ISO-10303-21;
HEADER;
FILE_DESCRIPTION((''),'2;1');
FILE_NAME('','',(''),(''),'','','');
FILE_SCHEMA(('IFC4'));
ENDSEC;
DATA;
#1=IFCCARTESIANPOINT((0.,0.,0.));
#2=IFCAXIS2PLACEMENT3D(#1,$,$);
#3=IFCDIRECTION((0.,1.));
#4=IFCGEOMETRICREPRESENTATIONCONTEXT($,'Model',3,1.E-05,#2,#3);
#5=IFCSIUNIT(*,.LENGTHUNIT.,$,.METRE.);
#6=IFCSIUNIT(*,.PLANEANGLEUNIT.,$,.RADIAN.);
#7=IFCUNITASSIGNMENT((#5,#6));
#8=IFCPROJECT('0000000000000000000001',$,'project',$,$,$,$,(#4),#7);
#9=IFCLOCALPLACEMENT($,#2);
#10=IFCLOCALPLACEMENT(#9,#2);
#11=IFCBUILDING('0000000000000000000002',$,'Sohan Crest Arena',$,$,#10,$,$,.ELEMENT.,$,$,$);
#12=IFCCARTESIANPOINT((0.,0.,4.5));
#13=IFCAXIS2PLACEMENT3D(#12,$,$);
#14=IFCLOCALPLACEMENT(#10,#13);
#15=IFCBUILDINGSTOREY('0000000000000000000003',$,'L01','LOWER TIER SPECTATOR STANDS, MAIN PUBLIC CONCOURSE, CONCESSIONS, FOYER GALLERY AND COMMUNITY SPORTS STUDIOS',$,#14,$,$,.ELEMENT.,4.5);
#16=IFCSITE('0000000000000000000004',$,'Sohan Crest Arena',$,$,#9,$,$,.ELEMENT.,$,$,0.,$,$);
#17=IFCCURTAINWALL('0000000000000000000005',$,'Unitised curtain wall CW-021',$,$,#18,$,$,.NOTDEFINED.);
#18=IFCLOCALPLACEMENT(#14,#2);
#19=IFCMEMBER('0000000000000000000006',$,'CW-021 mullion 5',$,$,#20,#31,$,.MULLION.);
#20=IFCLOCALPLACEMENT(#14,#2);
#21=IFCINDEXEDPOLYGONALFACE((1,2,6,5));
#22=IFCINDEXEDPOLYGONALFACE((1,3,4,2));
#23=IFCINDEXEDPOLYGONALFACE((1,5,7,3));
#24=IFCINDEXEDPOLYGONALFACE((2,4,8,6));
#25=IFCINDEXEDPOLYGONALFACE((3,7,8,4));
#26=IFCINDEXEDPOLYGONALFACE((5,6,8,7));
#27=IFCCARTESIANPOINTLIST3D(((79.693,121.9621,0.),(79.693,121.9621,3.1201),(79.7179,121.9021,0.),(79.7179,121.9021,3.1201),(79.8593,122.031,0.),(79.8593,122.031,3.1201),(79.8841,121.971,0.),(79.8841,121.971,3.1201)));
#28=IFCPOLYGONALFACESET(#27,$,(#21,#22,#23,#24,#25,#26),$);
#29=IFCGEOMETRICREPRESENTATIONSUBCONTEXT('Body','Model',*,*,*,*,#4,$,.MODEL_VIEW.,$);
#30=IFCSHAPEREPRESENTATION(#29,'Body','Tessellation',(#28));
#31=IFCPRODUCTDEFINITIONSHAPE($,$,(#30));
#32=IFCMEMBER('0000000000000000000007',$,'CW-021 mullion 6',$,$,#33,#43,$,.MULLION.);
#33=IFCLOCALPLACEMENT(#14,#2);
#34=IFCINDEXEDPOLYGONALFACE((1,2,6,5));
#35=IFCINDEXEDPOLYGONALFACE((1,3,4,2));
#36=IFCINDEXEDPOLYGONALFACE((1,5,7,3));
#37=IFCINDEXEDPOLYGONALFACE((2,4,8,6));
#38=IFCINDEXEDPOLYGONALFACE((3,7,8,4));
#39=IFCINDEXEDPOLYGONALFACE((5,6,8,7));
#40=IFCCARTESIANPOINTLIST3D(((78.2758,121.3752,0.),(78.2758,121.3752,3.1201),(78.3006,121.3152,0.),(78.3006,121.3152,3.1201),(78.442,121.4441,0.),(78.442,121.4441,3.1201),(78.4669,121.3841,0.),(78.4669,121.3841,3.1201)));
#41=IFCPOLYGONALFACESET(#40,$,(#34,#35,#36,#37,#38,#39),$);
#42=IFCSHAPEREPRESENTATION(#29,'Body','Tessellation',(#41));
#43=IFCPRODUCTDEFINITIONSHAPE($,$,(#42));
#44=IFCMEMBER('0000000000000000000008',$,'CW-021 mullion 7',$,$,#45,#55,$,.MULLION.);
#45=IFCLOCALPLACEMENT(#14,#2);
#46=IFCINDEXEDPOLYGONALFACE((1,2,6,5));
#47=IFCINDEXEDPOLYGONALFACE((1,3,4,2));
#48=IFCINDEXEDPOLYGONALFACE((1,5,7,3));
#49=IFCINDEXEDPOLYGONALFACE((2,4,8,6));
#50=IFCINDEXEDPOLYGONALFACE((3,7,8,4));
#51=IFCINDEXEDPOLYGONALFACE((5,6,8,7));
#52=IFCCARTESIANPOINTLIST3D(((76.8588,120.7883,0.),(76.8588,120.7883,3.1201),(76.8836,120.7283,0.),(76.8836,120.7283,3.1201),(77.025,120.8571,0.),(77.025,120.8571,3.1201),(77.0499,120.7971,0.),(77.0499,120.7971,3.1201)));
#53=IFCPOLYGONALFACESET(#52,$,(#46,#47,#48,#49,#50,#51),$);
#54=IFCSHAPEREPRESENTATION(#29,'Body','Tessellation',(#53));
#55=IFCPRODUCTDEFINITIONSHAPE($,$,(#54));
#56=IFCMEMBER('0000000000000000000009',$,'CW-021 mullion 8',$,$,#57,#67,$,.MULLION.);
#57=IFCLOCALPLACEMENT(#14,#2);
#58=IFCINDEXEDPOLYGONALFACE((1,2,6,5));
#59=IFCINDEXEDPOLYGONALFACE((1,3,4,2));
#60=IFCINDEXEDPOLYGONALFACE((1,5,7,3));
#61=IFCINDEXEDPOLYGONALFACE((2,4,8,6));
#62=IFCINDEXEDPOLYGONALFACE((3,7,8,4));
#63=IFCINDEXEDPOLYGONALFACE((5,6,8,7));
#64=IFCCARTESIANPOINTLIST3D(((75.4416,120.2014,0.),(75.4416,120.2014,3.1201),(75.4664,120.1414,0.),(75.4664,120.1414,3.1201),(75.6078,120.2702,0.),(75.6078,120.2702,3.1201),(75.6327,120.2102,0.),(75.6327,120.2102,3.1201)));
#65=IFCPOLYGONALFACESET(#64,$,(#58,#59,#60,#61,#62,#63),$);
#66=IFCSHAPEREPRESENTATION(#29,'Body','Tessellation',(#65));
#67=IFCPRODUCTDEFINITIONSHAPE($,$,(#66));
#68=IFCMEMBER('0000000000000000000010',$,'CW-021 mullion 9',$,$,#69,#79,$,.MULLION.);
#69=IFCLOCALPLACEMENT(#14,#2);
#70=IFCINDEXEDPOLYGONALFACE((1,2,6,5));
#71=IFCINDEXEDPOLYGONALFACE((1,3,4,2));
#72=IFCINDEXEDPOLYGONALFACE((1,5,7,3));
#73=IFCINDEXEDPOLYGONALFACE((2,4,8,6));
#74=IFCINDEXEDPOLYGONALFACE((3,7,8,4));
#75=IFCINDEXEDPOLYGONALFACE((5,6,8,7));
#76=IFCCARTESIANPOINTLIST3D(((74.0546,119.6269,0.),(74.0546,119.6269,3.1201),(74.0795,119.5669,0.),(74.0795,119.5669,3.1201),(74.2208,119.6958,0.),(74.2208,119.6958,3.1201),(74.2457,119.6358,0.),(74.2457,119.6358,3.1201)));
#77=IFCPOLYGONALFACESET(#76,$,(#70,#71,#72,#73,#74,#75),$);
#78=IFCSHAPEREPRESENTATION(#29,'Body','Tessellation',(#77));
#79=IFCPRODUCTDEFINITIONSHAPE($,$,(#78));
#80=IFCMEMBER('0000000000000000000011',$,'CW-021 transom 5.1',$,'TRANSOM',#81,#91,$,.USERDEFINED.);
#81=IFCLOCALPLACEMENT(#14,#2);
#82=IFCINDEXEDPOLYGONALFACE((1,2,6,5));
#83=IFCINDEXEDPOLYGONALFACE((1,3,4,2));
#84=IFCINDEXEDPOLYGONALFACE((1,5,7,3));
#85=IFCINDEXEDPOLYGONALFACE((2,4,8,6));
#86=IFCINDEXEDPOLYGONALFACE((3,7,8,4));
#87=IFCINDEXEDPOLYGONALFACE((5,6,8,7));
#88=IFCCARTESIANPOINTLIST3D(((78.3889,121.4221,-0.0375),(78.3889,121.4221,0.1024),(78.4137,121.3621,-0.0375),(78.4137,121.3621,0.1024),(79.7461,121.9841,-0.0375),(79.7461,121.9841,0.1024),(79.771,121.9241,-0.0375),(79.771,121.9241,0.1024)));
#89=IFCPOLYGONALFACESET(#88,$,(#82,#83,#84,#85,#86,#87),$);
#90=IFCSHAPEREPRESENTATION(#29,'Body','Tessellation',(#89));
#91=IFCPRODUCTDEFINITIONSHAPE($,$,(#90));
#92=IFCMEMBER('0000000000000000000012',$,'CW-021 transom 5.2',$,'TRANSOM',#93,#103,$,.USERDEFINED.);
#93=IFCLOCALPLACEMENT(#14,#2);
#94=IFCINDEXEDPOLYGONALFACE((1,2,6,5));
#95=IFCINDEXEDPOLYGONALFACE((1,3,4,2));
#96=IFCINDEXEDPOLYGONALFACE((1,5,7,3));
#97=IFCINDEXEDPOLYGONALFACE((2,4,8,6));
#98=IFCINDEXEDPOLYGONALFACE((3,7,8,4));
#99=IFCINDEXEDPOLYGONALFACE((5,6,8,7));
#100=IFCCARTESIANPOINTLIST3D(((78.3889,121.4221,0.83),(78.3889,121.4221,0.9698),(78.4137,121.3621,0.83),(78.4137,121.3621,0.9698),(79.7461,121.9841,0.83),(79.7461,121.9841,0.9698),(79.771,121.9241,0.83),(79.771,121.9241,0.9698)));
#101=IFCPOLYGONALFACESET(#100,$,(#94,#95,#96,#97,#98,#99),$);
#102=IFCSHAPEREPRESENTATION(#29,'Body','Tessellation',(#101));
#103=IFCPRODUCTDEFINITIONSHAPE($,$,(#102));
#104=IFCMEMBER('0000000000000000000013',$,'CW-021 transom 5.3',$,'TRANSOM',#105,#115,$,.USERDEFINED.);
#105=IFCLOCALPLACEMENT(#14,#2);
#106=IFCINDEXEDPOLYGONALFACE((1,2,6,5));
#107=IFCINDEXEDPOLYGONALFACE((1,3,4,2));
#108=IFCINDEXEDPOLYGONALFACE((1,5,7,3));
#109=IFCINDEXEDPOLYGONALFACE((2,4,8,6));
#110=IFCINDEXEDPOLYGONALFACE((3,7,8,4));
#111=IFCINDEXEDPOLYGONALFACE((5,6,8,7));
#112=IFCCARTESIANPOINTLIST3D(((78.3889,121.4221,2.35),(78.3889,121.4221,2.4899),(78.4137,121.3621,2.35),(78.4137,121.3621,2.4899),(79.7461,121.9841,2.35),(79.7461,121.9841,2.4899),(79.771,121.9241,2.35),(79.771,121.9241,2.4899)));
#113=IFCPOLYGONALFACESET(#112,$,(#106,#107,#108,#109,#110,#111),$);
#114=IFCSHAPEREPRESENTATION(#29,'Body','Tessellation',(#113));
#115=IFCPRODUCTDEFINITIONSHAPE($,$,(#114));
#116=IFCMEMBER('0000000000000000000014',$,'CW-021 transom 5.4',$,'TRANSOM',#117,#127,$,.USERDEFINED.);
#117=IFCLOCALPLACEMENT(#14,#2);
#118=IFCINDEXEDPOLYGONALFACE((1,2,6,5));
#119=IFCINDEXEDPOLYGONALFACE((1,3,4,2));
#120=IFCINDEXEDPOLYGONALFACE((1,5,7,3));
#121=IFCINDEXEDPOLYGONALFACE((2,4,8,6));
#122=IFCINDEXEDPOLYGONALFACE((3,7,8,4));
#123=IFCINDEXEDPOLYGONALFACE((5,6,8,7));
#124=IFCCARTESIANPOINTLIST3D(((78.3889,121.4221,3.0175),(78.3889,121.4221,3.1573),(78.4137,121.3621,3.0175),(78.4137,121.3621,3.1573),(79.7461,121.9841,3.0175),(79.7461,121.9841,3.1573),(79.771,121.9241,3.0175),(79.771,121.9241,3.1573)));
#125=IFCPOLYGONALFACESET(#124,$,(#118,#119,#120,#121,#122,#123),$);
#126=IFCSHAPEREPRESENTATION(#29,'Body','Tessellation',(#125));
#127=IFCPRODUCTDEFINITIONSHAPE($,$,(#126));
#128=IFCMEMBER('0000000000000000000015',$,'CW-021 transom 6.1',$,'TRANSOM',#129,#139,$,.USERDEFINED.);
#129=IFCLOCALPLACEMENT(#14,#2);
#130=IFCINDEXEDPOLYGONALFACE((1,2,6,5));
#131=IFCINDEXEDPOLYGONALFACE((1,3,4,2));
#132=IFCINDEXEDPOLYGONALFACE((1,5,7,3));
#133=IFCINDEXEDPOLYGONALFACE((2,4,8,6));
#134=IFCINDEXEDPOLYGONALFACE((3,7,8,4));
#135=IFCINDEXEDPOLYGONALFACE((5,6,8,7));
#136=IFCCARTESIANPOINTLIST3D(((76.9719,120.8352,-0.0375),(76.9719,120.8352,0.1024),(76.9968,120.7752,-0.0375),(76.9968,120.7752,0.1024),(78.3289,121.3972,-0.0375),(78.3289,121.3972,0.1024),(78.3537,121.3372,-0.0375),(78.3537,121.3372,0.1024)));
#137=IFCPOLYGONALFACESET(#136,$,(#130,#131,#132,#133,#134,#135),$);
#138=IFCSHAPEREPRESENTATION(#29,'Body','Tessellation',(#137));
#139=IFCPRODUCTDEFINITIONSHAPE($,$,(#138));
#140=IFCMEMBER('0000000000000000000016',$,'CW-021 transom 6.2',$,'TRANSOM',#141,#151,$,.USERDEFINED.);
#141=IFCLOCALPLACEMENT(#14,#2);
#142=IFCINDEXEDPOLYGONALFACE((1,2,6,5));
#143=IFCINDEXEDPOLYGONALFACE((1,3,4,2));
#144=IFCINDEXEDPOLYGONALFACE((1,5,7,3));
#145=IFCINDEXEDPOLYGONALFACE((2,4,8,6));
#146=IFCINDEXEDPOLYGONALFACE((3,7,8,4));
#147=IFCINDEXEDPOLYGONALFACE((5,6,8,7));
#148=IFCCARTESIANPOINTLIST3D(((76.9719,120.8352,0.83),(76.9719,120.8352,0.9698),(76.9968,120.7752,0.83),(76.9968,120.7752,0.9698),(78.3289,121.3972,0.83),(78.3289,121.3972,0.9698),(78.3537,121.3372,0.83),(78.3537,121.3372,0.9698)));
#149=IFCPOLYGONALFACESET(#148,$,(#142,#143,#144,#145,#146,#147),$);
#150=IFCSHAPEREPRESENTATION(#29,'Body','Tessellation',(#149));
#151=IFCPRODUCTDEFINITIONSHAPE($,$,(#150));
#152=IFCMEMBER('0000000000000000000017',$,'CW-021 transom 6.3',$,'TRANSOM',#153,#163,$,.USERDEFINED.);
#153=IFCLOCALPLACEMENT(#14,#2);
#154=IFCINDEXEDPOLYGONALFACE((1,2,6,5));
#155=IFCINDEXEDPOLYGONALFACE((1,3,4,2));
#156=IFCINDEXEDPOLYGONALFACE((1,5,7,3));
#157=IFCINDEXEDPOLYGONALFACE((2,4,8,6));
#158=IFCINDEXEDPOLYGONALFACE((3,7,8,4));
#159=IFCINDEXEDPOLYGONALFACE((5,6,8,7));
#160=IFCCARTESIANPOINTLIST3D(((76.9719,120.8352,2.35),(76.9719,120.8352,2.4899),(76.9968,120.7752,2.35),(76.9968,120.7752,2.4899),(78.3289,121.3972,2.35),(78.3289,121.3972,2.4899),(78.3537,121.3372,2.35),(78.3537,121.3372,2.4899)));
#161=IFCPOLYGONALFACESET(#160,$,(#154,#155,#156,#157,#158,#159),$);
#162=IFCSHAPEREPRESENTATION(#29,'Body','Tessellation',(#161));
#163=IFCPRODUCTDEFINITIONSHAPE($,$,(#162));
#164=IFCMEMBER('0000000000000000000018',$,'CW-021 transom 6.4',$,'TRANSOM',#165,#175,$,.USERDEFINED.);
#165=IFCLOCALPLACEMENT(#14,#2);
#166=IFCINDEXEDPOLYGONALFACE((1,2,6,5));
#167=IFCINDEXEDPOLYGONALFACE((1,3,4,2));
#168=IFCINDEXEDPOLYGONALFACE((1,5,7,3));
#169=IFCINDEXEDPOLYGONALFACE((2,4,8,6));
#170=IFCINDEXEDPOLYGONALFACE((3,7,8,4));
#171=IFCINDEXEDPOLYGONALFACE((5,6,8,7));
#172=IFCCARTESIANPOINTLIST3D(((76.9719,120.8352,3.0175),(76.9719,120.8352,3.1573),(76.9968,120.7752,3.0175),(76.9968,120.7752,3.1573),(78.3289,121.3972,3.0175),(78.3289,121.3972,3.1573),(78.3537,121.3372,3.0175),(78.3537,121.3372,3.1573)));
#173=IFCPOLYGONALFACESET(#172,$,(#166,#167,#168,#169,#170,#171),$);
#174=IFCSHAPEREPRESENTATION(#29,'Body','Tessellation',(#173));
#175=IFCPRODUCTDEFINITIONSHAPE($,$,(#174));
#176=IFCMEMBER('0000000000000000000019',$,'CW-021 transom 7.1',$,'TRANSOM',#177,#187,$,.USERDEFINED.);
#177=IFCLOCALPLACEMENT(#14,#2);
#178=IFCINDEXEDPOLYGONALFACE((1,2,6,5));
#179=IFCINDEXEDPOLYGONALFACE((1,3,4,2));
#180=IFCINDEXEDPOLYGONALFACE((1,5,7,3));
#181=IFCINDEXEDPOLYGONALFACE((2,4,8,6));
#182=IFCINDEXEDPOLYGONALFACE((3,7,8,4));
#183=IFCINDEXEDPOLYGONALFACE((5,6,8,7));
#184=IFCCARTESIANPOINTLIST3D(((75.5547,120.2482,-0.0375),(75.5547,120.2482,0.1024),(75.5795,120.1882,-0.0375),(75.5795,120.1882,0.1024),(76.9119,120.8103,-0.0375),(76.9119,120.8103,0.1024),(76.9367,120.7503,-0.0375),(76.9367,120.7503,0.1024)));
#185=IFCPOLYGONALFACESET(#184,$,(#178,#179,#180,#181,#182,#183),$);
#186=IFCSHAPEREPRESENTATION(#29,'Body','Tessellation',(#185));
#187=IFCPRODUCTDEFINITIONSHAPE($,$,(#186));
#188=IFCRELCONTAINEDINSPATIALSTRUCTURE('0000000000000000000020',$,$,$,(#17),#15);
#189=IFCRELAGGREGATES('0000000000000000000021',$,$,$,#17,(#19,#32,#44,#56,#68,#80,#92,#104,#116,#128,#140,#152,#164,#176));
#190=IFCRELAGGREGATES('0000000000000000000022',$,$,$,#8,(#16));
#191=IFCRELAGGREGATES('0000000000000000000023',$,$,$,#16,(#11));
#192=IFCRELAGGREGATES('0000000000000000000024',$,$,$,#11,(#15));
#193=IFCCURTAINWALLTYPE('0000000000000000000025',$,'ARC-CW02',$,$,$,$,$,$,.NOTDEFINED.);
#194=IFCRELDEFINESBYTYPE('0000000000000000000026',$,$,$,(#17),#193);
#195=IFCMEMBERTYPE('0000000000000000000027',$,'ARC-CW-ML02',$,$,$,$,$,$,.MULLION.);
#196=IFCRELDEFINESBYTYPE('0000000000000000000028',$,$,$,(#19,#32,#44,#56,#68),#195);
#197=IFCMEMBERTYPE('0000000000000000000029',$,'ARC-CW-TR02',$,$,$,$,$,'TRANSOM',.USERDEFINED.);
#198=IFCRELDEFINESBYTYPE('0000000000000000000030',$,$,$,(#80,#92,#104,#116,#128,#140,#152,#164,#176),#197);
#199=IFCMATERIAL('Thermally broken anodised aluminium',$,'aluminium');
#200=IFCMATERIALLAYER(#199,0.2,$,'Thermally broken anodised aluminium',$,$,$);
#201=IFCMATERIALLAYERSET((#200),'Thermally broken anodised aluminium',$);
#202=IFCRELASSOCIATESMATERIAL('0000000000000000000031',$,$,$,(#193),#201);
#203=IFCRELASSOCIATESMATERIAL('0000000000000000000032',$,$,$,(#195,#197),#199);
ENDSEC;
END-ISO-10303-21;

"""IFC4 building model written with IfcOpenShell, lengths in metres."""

from ifc_helpers import new_model, si_unit, direction, frame, origin, origin_2d, place, context, subcontext, project, spatial, rectangle, extrude, material, layer, layer_set, material_profile, profile_set, type_object, element, aggregate, save


model = new_model("IFC4")

# Units and contexts
model_context = context("Model", 3, precision=1e-05, world=origin(), true_north=direction((0.0, 1.0)))
body_context = subcontext(model_context, "Body", "Model", "MODEL_VIEW")
ifc_project = project(units=[si_unit("LENGTHUNIT", "METRE"), si_unit("PLANEANGLEUNIT", "RADIAN")], contexts=[model_context])

# Site, building, storey
site_placement = place(None, origin())
site = spatial("IfcSite", under=ifc_project, at=site_placement, Name="Sohan Crest Arena", CompositionType="ELEMENT", RefElevation=0.0)
building_placement = place(site_placement, origin())
building = spatial("IfcBuilding", under=site, at=building_placement, Name="Sohan Crest Arena", CompositionType="ELEMENT")
storey_placement = place(building_placement, frame((0.0, 0.0, 4.5)))
storey = spatial("IfcBuildingStorey", under=building, at=storey_placement, Name="L01", Description="LOWER TIER SPECTATOR STANDS, MAIN PUBLIC CONCOURSE, CONCESSIONS, FOYER GALLERY AND COMMUNITY SPORTS STUDIOS", CompositionType="ELEMENT", Elevation=4.5)

# Curtain wall, members
ifc_material_1 = material(Name="Thermally broken anodised aluminium", Category="aluminium")
ifc_layer_1 = layer(ifc_material_1, 0.2, Name="Thermally broken anodised aluminium")
ifc_layer_set_1 = layer_set([ifc_layer_1], Name="Thermally broken anodised aluminium")
curtain_wall_type = type_object("IfcCurtainWallType", Name="ARC-CW02", PredefinedType="NOTDEFINED", material=ifc_layer_set_1)
curtain_wall_placement = place(storey_placement, origin())
curtain_wall = element("IfcCurtainWall", 1, at=curtain_wall_placement, inside=storey, type_object=curtain_wall_type, Name="Unitised curtain wall CW-021", PredefinedType="NOTDEFINED")
ifc_material_profile_1 = material_profile(ifc_material_1, rectangle(XDim=0.0649, YDim=0.1799, at=origin_2d()), Name="ALU-MULL 65x180")
ifc_profile_set_1 = profile_set([ifc_material_profile_1], Name="Thermally broken anodised aluminium")
member_type_1 = type_object("IfcMemberType", Name="ARC-CW-ML02", PredefinedType="MULLION", material=ifc_profile_set_1)
member_1_placement = place(storey_placement, frame((79.7886, 121.9666, 0.0), z_axis=(0.0, 0.0, 1.0), x_axis=(0.382618, -0.923907, 0.0)))
member_1 = element("IfcMember", 2, at=member_1_placement, type_object=member_type_1, Name="CW-021 mullion 5", PredefinedType="MULLION", context=body_context, shape_type="SweptSolid", body=[
    extrude(rectangle(XDim=0.0649, YDim=0.1799, at=origin_2d()), origin(), (0.0, 0.0, 1.0), 3.1201),
])
member_2_placement = place(storey_placement, frame((78.3713, 121.3796, 0.0), z_axis=(0.0, 0.0, 1.0), x_axis=(0.382618, -0.923907, 0.0)))
member_2 = element("IfcMember", 3, at=member_2_placement, type_object=member_type_1, Name="CW-021 mullion 6", PredefinedType="MULLION", context=body_context, shape_type="SweptSolid", body=[
    extrude(rectangle(XDim=0.0649, YDim=0.1799, at=origin_2d()), origin(), (0.0, 0.0, 1.0), 3.1201),
])
member_3_placement = place(storey_placement, frame((76.9543, 120.7927, 0.0), z_axis=(0.0, 0.0, 1.0), x_axis=(0.382618, -0.923907, 0.0)))
member_3 = element("IfcMember", 4, at=member_3_placement, type_object=member_type_1, Name="CW-021 mullion 7", PredefinedType="MULLION", context=body_context, shape_type="SweptSolid", body=[
    extrude(rectangle(XDim=0.0649, YDim=0.1799, at=origin_2d()), origin(), (0.0, 0.0, 1.0), 3.1201),
])
member_4_placement = place(storey_placement, frame((75.5371, 120.2058, 0.0), z_axis=(0.0, 0.0, 1.0), x_axis=(0.382618, -0.923907, 0.0)))
member_4 = element("IfcMember", 5, at=member_4_placement, type_object=member_type_1, Name="CW-021 mullion 8", PredefinedType="MULLION", context=body_context, shape_type="SweptSolid", body=[
    extrude(rectangle(XDim=0.0649, YDim=0.1799, at=origin_2d()), origin(), (0.0, 0.0, 1.0), 3.1201),
])
member_5_placement = place(storey_placement, frame((74.1501, 119.6313, 0.0), z_axis=(0.0, 0.0, 1.0), x_axis=(0.382618, -0.923907, 0.0)))
member_5 = element("IfcMember", 6, at=member_5_placement, type_object=member_type_1, Name="CW-021 mullion 9", PredefinedType="MULLION", context=body_context, shape_type="SweptSolid", body=[
    extrude(rectangle(XDim=0.0649, YDim=0.1799, at=origin_2d()), origin(), (0.0, 0.0, 1.0), 3.1201),
])
ifc_material_profile_2 = material_profile(ifc_material_1, rectangle(XDim=0.0649, YDim=0.1399, at=origin_2d()), Name="ALU-TRAN 65x140")
ifc_profile_set_2 = profile_set([ifc_material_profile_2], Name="Thermally broken anodised aluminium")
member_type_2 = type_object("IfcMemberType", Name="ARC-CW-TR02", ElementType="TRANSOM", PredefinedType="USERDEFINED", material=ifc_profile_set_2)
member_6_placement = place(storey_placement, frame((79.7585, 121.9541, 0.0325), z_axis=(-0.923916, -0.382596, 0.0), x_axis=(0.382596, -0.923916, 0.0)))
member_6 = element("IfcMember", 7, at=member_6_placement, type_object=member_type_2, Name="CW-021 transom 5.1", ObjectType="TRANSOM", PredefinedType="USERDEFINED", context=body_context, shape_type="SweptSolid", body=[
    extrude(rectangle(XDim=0.0649, YDim=0.1399, at=origin_2d()), origin(), (0.0, 0.0, 1.0), 1.469),
])
member_7_placement = place(storey_placement, frame((79.7585, 121.9541, 0.8999), z_axis=(-0.923916, -0.382596, 0.0), x_axis=(0.382596, -0.923916, 0.0)))
member_7 = element("IfcMember", 8, at=member_7_placement, type_object=member_type_2, Name="CW-021 transom 5.2", ObjectType="TRANSOM", PredefinedType="USERDEFINED", context=body_context, shape_type="SweptSolid", body=[
    extrude(rectangle(XDim=0.0649, YDim=0.1399, at=origin_2d()), origin(), (0.0, 0.0, 1.0), 1.469),
])
member_8_placement = place(storey_placement, frame((79.7585, 121.9541, 2.4199), z_axis=(-0.923916, -0.382596, 0.0), x_axis=(0.382596, -0.923916, 0.0)))
member_8 = element("IfcMember", 9, at=member_8_placement, type_object=member_type_2, Name="CW-021 transom 5.3", ObjectType="TRANSOM", PredefinedType="USERDEFINED", context=body_context, shape_type="SweptSolid", body=[
    extrude(rectangle(XDim=0.0649, YDim=0.1399, at=origin_2d()), origin(), (0.0, 0.0, 1.0), 1.469),
])
member_9_placement = place(storey_placement, frame((79.7585, 121.9541, 3.0874), z_axis=(-0.923916, -0.382596, 0.0), x_axis=(0.382596, -0.923916, 0.0)))
member_9 = element("IfcMember", 10, at=member_9_placement, type_object=member_type_2, Name="CW-021 transom 5.4", ObjectType="TRANSOM", PredefinedType="USERDEFINED", context=body_context, shape_type="SweptSolid", body=[
    extrude(rectangle(XDim=0.0649, YDim=0.1399, at=origin_2d()), origin(), (0.0, 0.0, 1.0), 1.469),
])
member_10_placement = place(storey_placement, frame((78.3413, 121.3672, 0.0325), z_axis=(-0.923891, -0.382655, 0.0), x_axis=(0.382655, -0.923891, 0.0)))
member_10 = element("IfcMember", 11, at=member_10_placement, type_object=member_type_2, Name="CW-021 transom 6.1", ObjectType="TRANSOM", PredefinedType="USERDEFINED", context=body_context, shape_type="SweptSolid", body=[
    extrude(rectangle(XDim=0.0649, YDim=0.1399, at=origin_2d()), origin(), (0.0, 0.0, 1.0), 1.4688),
])
member_11_placement = place(storey_placement, frame((78.3413, 121.3672, 0.8999), z_axis=(-0.923891, -0.382655, 0.0), x_axis=(0.382655, -0.923891, 0.0)))
member_11 = element("IfcMember", 12, at=member_11_placement, type_object=member_type_2, Name="CW-021 transom 6.2", ObjectType="TRANSOM", PredefinedType="USERDEFINED", context=body_context, shape_type="SweptSolid", body=[
    extrude(rectangle(XDim=0.0649, YDim=0.1399, at=origin_2d()), origin(), (0.0, 0.0, 1.0), 1.4688),
])
member_12_placement = place(storey_placement, frame((78.3413, 121.3672, 2.4199), z_axis=(-0.923891, -0.382655, 0.0), x_axis=(0.382655, -0.923891, 0.0)))
member_12 = element("IfcMember", 13, at=member_12_placement, type_object=member_type_2, Name="CW-021 transom 6.3", ObjectType="TRANSOM", PredefinedType="USERDEFINED", context=body_context, shape_type="SweptSolid", body=[
    extrude(rectangle(XDim=0.0649, YDim=0.1399, at=origin_2d()), origin(), (0.0, 0.0, 1.0), 1.4688),
])
member_13_placement = place(storey_placement, frame((78.3413, 121.3672, 3.0874), z_axis=(-0.923891, -0.382655, 0.0), x_axis=(0.382655, -0.923891, 0.0)))
member_13 = element("IfcMember", 14, at=member_13_placement, type_object=member_type_2, Name="CW-021 transom 6.4", ObjectType="TRANSOM", PredefinedType="USERDEFINED", context=body_context, shape_type="SweptSolid", body=[
    extrude(rectangle(XDim=0.0649, YDim=0.1399, at=origin_2d()), origin(), (0.0, 0.0, 1.0), 1.4688),
])
member_14_placement = place(storey_placement, frame((76.9243, 120.7803, 0.0325), z_axis=(-0.923916, -0.382596, 0.0), x_axis=(0.382596, -0.923916, 0.0)))
member_14 = element("IfcMember", 15, at=member_14_placement, type_object=member_type_2, Name="CW-021 transom 7.1", ObjectType="TRANSOM", PredefinedType="USERDEFINED", context=body_context, shape_type="SweptSolid", body=[
    extrude(rectangle(XDim=0.0649, YDim=0.1399, at=origin_2d()), origin(), (0.0, 0.0, 1.0), 1.469),
])
aggregate(curtain_wall, [member_1, member_2, member_3, member_4, member_5, member_6, member_7, member_8, member_9, member_10, member_11, member_12, member_13, member_14])

save(model, "model.ifc")
